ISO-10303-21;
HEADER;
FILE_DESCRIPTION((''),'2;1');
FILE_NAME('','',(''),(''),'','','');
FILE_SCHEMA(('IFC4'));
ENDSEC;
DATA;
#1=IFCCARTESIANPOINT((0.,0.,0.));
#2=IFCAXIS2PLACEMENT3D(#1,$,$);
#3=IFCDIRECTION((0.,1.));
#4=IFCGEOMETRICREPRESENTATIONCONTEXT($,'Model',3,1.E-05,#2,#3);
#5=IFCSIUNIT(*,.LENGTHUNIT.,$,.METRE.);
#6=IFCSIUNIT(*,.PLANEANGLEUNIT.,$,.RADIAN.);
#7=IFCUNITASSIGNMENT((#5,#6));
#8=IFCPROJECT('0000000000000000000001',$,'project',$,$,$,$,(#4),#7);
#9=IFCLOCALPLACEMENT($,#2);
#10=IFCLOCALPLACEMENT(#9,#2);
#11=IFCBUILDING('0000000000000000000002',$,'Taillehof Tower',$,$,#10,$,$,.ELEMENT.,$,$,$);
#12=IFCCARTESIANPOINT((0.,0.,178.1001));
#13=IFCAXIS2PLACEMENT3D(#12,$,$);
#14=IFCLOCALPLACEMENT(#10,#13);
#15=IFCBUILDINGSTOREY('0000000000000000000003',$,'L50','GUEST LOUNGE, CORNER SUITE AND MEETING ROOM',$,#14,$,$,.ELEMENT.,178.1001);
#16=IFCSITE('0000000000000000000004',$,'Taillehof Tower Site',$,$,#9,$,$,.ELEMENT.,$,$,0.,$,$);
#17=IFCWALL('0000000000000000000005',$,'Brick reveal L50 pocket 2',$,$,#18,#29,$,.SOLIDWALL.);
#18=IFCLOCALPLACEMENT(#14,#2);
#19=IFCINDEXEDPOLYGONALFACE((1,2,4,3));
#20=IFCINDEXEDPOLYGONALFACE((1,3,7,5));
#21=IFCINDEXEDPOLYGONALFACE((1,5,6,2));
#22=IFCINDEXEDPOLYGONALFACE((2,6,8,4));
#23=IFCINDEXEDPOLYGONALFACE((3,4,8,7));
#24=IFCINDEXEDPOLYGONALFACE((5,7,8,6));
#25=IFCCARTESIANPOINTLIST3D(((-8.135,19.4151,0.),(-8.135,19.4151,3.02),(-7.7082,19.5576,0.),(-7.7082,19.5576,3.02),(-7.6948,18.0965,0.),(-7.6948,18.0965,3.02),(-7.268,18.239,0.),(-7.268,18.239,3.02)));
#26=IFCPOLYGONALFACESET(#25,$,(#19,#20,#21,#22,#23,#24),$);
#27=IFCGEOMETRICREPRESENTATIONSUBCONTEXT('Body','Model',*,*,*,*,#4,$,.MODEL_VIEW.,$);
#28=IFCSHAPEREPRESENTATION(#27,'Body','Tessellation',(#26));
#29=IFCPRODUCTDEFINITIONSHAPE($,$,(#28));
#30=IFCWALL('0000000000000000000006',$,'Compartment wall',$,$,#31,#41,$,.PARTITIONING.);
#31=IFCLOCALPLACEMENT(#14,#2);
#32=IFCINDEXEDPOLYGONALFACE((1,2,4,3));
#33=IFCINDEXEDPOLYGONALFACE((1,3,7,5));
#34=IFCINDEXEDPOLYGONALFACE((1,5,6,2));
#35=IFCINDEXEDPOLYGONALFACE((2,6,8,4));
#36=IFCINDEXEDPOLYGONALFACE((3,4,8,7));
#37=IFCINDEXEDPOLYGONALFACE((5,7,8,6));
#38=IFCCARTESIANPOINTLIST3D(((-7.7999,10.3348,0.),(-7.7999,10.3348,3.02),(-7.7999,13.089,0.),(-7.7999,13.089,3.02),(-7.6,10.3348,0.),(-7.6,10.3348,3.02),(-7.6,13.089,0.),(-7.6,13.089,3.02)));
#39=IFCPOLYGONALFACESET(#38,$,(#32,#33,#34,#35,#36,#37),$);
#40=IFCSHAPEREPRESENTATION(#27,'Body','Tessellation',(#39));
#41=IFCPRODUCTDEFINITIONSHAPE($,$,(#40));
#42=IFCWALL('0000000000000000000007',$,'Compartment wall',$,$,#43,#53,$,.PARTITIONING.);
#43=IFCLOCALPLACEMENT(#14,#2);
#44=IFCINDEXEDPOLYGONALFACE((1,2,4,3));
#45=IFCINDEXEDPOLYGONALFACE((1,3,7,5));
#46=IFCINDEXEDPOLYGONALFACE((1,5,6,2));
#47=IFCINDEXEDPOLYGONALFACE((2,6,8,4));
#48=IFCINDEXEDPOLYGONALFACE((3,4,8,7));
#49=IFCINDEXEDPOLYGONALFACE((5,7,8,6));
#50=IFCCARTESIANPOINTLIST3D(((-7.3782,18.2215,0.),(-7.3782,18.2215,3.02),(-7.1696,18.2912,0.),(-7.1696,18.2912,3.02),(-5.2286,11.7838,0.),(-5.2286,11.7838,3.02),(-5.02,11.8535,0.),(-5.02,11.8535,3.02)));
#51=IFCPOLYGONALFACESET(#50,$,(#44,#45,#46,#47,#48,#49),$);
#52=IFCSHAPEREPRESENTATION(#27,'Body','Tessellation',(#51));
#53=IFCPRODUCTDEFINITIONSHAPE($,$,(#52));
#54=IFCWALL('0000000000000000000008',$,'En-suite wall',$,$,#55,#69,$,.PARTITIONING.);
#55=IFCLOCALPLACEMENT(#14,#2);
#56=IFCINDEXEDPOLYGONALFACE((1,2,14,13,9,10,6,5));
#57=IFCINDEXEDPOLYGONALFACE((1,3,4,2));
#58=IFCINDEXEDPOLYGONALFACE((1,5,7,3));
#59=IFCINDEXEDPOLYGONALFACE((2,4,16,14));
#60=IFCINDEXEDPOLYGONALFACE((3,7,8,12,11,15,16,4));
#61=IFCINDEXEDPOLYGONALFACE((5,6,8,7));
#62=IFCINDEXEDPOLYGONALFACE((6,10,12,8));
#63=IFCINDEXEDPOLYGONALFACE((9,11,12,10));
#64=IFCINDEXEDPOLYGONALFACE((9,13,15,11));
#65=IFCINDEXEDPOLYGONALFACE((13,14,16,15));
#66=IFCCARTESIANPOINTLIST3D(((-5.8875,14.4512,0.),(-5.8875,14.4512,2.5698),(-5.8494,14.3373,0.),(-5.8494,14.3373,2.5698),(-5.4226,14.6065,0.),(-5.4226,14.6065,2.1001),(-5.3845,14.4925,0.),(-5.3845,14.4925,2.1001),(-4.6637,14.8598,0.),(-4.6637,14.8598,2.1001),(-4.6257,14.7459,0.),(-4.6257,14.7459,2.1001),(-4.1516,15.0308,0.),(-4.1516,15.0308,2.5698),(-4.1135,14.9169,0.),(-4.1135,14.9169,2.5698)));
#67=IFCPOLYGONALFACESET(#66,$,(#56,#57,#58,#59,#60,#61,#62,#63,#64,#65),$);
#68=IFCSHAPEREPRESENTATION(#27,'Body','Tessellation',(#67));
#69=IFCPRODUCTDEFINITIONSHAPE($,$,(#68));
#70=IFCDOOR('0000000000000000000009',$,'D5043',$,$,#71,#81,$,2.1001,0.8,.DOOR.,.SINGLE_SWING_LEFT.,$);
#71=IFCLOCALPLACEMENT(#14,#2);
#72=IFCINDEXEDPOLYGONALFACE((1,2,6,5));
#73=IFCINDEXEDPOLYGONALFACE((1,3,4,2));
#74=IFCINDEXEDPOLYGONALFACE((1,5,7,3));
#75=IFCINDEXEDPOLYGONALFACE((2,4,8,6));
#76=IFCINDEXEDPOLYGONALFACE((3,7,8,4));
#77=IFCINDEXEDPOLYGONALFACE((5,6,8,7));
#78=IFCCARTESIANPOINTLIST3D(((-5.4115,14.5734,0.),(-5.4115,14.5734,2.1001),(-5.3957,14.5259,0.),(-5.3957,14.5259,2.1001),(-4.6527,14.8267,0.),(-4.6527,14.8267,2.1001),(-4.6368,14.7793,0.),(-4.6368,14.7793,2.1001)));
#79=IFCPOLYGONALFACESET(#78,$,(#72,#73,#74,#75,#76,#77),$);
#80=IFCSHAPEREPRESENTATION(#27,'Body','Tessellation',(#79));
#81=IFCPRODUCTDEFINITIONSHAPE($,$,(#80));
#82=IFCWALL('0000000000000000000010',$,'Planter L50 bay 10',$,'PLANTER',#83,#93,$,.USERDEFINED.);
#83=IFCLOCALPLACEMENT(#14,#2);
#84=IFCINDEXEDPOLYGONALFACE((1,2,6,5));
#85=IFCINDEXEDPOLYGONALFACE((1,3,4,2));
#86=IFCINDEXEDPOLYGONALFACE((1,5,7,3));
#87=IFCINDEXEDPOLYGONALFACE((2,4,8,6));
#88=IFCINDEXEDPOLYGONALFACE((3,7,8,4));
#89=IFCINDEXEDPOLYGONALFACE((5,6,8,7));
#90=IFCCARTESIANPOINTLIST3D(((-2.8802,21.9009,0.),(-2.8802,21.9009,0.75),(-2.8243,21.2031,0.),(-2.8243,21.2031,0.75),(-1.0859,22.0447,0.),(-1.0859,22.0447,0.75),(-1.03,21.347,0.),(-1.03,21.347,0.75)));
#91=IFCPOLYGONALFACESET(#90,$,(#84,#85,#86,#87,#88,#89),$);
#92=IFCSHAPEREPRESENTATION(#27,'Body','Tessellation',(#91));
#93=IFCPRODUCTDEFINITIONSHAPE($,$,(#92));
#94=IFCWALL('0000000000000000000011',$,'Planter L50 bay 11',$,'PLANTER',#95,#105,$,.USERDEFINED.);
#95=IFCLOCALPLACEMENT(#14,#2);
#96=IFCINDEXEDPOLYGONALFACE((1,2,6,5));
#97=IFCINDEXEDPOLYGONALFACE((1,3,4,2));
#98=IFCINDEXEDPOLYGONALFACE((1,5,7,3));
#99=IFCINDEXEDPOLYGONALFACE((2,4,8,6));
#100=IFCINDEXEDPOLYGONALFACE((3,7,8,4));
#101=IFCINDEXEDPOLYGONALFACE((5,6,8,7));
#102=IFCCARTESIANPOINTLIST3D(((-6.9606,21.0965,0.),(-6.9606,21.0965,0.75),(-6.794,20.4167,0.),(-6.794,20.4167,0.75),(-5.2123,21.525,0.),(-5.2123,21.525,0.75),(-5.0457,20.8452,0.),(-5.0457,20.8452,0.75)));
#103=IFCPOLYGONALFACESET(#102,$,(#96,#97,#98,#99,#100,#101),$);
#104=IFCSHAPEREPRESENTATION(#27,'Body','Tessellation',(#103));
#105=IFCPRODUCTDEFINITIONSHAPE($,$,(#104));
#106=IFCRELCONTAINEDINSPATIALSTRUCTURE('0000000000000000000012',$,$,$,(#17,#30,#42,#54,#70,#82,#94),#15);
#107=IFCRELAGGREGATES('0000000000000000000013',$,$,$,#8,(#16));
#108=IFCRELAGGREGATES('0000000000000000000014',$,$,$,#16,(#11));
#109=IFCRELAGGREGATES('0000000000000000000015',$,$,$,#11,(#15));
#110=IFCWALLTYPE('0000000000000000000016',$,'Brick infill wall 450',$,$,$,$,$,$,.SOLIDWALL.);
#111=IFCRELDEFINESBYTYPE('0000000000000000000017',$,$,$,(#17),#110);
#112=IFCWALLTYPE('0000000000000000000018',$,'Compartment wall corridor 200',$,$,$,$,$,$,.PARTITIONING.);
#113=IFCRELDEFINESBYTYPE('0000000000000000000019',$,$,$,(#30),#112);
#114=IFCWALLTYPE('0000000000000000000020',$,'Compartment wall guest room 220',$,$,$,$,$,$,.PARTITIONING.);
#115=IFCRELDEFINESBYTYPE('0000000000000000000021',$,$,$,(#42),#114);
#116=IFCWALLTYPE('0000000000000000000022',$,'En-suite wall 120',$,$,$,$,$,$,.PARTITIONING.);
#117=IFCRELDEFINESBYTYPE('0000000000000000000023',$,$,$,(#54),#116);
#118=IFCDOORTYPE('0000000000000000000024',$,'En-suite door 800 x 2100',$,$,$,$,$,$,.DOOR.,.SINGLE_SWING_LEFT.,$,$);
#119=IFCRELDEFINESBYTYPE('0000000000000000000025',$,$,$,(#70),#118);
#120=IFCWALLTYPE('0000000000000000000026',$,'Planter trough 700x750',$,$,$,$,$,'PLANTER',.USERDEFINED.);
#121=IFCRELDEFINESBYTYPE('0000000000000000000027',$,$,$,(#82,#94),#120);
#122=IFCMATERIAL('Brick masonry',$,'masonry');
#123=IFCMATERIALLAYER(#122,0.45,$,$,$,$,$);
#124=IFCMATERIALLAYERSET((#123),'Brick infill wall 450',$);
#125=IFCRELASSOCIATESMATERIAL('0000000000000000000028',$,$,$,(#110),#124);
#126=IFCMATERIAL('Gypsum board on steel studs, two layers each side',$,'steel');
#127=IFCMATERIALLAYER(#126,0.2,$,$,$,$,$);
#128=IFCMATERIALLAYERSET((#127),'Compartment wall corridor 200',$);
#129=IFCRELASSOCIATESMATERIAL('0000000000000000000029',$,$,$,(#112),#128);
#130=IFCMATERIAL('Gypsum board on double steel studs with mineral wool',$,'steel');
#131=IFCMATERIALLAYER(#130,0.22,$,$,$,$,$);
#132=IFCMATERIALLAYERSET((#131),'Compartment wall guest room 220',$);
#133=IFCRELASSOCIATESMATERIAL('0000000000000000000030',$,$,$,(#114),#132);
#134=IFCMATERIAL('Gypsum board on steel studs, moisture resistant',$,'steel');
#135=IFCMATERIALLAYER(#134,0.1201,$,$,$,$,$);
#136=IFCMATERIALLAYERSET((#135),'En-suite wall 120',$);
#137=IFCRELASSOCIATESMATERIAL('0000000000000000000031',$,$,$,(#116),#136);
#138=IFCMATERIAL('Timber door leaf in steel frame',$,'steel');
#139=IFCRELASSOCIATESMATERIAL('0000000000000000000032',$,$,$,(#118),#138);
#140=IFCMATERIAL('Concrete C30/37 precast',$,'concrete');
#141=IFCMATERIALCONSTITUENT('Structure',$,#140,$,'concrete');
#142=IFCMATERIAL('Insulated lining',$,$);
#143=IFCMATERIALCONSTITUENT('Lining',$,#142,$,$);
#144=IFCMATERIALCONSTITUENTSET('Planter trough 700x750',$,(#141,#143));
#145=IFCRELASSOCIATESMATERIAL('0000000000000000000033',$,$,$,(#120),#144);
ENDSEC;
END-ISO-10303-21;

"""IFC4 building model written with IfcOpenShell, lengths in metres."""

from ifc_helpers import new_model, si_unit, direction, frame, frame_2d, origin, place, context, subcontext, project, spatial, rectangle, extrude, material, layer, layer_set, constituent, constituent_set, type_object, element, fill, save


model = new_model("IFC4")

# Units and contexts
model_context = context("Model", 3, precision=1e-05, world=origin(), true_north=direction((0.0, 1.0)))
body_context = subcontext(model_context, "Body", "Model", "MODEL_VIEW")
ifc_project = project(units=[si_unit("LENGTHUNIT", "METRE"), si_unit("PLANEANGLEUNIT", "RADIAN")], contexts=[model_context])

# Site, building, storey
site_placement = place(None, origin())
site = spatial("IfcSite", under=ifc_project, at=site_placement, Name="Taillehof Tower Site", CompositionType="ELEMENT", RefElevation=0.0)
building_placement = place(site_placement, origin())
building = spatial("IfcBuilding", under=site, at=building_placement, Name="Taillehof Tower", CompositionType="ELEMENT")
storey_placement = place(building_placement, frame((0.0, 0.0, 178.1001)))
storey = spatial("IfcBuildingStorey", under=building, at=storey_placement, Name="L50", Description="GUEST LOUNGE, CORNER SUITE AND MEETING ROOM", CompositionType="ELEMENT", Elevation=178.1001)

# Shared definitions
ifc_material_1 = material(Name="Brick masonry", Category="masonry")
ifc_layer_1 = layer(ifc_material_1, 0.45)
ifc_layer_set_1 = layer_set([ifc_layer_1], Name="Brick infill wall 450")
wall_type_1 = type_object("IfcWallType", Name="Brick infill wall 450", PredefinedType="SOLIDWALL", material=ifc_layer_set_1)

# Wall
wall_1_placement = place(storey_placement, frame((-7.9216, 19.4863, 0.0), z_axis=(0.0, 0.0, 1.0), x_axis=(0.316649, -0.948543, 0.0)))
element("IfcWall", 1, at=wall_1_placement, inside=storey, type_object=wall_type_1, Name="Brick reveal L50 pocket 2", PredefinedType="SOLIDWALL", context=body_context, shape_type="SweptSolid", body=[
    extrude(rectangle(XDim=1.3901, YDim=0.45, at=frame_2d((0.6951, 0.0))), origin(), (0.0, 0.0, 1.0), 3.02),
])

# Walls
ifc_material_2 = material(Name="Gypsum board on steel studs, two layers each side", Category="steel")
ifc_layer_2 = layer(ifc_material_2, 0.2)
ifc_layer_set_2 = layer_set([ifc_layer_2], Name="Compartment wall corridor 200")
wall_type_2 = type_object("IfcWallType", Name="Compartment wall corridor 200", PredefinedType="PARTITIONING", material=ifc_layer_set_2)
wall_2_placement = place(storey_placement, frame((-7.7, 13.0889, 0.0), z_axis=(0.0, 0.0, 1.0), x_axis=(0.0, -1.0, 0.0)))
element("IfcWall", 2, at=wall_2_placement, inside=storey, type_object=wall_type_2, Name="Compartment wall", PredefinedType="PARTITIONING", context=body_context, shape_type="SweptSolid", body=[
    extrude(rectangle(XDim=2.7542, YDim=0.2, at=frame_2d((1.377, 0.0))), origin(), (0.0, 0.0, 1.0), 3.02),
])
ifc_material_3 = material(Name="Gypsum board on double steel studs with mineral wool", Category="steel")
ifc_layer_3 = layer(ifc_material_3, 0.22)
ifc_layer_set_3 = layer_set([ifc_layer_3], Name="Compartment wall guest room 220")
wall_type_3 = type_object("IfcWallType", Name="Compartment wall guest room 220", PredefinedType="PARTITIONING", material=ifc_layer_set_3)
wall_3_placement = place(storey_placement, frame((-7.2739, 18.2563, 0.0), z_axis=(0.0, 0.0, 1.0), x_axis=(0.316724, -0.948518, 0.0)))
element("IfcWall", 3, at=wall_3_placement, inside=storey, type_object=wall_type_3, Name="Compartment wall", PredefinedType="PARTITIONING", context=body_context, shape_type="SweptSolid", body=[
    extrude(rectangle(XDim=6.7871, YDim=0.22, at=frame_2d((3.3936, 0.0))), origin(), (0.0, 0.0, 1.0), 3.02),
])

# Wall, opening, door
ifc_material_4 = material(Name="Gypsum board on steel studs, moisture resistant", Category="steel")
ifc_layer_4 = layer(ifc_material_4, 0.1201)
ifc_layer_set_4 = layer_set([ifc_layer_4], Name="En-suite wall 120")
wall_type_4 = type_object("IfcWallType", Name="En-suite wall 120", PredefinedType="PARTITIONING", material=ifc_layer_set_4)
wall_4_placement = place(storey_placement, frame((-4.1326, 14.9739, 0.0), z_axis=(0.0, 0.0, 1.0), x_axis=(-0.948523, -0.316708, 0.0)))
wall_4 = element("IfcWall", 4, at=wall_4_placement, inside=storey, type_object=wall_type_4, Name="En-suite wall", PredefinedType="PARTITIONING", context=body_context, shape_type="SweptSolid", body=[
    extrude(rectangle(XDim=1.8301, YDim=0.1201, at=frame_2d((0.915, 0.0))), origin(), (0.0, 0.0, 1.0), 2.5698),
])
opening_1_placement = place(wall_4_placement, frame((0.54, 0.0, 0.0)))
opening_1 = element("IfcOpeningElement", 5, at=opening_1_placement, cuts=wall_4, PredefinedType="OPENING", context=body_context, shape_type="SweptSolid", body=[
    extrude(rectangle(XDim=0.8, YDim=2.1001, at=frame_2d((0.3999, 1.05))), frame((0.0, 0.0701, 0.0), z_axis=(0.0, -1.0, 0.0), x_axis=(1.0, 0.0, 0.0)), (0.0, 0.0, 1.0), 0.1401),
])
ifc_material_5 = material(Name="Timber door leaf in steel frame", Category="steel")
door_type_1 = type_object("IfcDoorType", Name="En-suite door 800 x 2100", OperationType="SINGLE_SWING_LEFT", PredefinedType="DOOR", material=ifc_material_5)
door_1_placement = place(opening_1_placement, origin())
door_1 = element("IfcDoor", 6, at=door_1_placement, inside=storey, type_object=door_type_1, Name="D5043", OperationType="SINGLE_SWING_LEFT", OverallHeight=2.1001, OverallWidth=0.8, PredefinedType="DOOR", context=body_context, shape_type="SweptSolid", body=[
    extrude(rectangle(XDim=0.8, YDim=2.1001, at=frame_2d((0.3999, 1.05))), frame((0.0, 0.0249, 0.0), z_axis=(0.0, -1.0, 0.0), x_axis=(1.0, 0.0, 0.0)), (0.0, 0.0, 1.0), 0.05),
])
fill(opening_1, door_1)

# Walls
ifc_material_6 = material(Name="Concrete C30/37 precast", Category="concrete")
ifc_constituent_1 = constituent(ifc_material_6, Name="Structure", Category="concrete")
ifc_material_7 = material(Name="Insulated lining")
ifc_constituent_2 = constituent(ifc_material_7, Name="Lining")
ifc_constituent_set = constituent_set(constituents=[ifc_constituent_1, ifc_constituent_2], Name="Planter trough 700x750")
wall_type_5 = type_object("IfcWallType", Name="Planter trough 700x750", ElementType="PLANTER", PredefinedType="USERDEFINED", material=ifc_constituent_set)
for number, where, z_axis, x_axis, name in (
    (7, (-1.0581, 21.6958, 0.0), (0.0, 0.0, 1.0), (-0.996804, -0.079891, 0.0), "Planter L50 bay 10"),
    (8, (-5.1292, 21.1851, 0.0), (0.0, 0.0, 1.0), (-0.971257, -0.238033, 0.0), "Planter L50 bay 11"),
):
    element("IfcWall", number, at=place(storey_placement, frame(where, z_axis=z_axis, x_axis=x_axis)), inside=storey, type_object=wall_type_5, Name=name, ObjectType="PLANTER", PredefinedType="USERDEFINED", context=body_context, shape_type="SweptSolid", body=[
        extrude(rectangle(XDim=1.8, YDim=0.7, at=frame_2d((0.8999, 0.0))), origin(), (0.0, 0.0, 1.0), 0.75),
    ])

save(model, "model.ifc")
